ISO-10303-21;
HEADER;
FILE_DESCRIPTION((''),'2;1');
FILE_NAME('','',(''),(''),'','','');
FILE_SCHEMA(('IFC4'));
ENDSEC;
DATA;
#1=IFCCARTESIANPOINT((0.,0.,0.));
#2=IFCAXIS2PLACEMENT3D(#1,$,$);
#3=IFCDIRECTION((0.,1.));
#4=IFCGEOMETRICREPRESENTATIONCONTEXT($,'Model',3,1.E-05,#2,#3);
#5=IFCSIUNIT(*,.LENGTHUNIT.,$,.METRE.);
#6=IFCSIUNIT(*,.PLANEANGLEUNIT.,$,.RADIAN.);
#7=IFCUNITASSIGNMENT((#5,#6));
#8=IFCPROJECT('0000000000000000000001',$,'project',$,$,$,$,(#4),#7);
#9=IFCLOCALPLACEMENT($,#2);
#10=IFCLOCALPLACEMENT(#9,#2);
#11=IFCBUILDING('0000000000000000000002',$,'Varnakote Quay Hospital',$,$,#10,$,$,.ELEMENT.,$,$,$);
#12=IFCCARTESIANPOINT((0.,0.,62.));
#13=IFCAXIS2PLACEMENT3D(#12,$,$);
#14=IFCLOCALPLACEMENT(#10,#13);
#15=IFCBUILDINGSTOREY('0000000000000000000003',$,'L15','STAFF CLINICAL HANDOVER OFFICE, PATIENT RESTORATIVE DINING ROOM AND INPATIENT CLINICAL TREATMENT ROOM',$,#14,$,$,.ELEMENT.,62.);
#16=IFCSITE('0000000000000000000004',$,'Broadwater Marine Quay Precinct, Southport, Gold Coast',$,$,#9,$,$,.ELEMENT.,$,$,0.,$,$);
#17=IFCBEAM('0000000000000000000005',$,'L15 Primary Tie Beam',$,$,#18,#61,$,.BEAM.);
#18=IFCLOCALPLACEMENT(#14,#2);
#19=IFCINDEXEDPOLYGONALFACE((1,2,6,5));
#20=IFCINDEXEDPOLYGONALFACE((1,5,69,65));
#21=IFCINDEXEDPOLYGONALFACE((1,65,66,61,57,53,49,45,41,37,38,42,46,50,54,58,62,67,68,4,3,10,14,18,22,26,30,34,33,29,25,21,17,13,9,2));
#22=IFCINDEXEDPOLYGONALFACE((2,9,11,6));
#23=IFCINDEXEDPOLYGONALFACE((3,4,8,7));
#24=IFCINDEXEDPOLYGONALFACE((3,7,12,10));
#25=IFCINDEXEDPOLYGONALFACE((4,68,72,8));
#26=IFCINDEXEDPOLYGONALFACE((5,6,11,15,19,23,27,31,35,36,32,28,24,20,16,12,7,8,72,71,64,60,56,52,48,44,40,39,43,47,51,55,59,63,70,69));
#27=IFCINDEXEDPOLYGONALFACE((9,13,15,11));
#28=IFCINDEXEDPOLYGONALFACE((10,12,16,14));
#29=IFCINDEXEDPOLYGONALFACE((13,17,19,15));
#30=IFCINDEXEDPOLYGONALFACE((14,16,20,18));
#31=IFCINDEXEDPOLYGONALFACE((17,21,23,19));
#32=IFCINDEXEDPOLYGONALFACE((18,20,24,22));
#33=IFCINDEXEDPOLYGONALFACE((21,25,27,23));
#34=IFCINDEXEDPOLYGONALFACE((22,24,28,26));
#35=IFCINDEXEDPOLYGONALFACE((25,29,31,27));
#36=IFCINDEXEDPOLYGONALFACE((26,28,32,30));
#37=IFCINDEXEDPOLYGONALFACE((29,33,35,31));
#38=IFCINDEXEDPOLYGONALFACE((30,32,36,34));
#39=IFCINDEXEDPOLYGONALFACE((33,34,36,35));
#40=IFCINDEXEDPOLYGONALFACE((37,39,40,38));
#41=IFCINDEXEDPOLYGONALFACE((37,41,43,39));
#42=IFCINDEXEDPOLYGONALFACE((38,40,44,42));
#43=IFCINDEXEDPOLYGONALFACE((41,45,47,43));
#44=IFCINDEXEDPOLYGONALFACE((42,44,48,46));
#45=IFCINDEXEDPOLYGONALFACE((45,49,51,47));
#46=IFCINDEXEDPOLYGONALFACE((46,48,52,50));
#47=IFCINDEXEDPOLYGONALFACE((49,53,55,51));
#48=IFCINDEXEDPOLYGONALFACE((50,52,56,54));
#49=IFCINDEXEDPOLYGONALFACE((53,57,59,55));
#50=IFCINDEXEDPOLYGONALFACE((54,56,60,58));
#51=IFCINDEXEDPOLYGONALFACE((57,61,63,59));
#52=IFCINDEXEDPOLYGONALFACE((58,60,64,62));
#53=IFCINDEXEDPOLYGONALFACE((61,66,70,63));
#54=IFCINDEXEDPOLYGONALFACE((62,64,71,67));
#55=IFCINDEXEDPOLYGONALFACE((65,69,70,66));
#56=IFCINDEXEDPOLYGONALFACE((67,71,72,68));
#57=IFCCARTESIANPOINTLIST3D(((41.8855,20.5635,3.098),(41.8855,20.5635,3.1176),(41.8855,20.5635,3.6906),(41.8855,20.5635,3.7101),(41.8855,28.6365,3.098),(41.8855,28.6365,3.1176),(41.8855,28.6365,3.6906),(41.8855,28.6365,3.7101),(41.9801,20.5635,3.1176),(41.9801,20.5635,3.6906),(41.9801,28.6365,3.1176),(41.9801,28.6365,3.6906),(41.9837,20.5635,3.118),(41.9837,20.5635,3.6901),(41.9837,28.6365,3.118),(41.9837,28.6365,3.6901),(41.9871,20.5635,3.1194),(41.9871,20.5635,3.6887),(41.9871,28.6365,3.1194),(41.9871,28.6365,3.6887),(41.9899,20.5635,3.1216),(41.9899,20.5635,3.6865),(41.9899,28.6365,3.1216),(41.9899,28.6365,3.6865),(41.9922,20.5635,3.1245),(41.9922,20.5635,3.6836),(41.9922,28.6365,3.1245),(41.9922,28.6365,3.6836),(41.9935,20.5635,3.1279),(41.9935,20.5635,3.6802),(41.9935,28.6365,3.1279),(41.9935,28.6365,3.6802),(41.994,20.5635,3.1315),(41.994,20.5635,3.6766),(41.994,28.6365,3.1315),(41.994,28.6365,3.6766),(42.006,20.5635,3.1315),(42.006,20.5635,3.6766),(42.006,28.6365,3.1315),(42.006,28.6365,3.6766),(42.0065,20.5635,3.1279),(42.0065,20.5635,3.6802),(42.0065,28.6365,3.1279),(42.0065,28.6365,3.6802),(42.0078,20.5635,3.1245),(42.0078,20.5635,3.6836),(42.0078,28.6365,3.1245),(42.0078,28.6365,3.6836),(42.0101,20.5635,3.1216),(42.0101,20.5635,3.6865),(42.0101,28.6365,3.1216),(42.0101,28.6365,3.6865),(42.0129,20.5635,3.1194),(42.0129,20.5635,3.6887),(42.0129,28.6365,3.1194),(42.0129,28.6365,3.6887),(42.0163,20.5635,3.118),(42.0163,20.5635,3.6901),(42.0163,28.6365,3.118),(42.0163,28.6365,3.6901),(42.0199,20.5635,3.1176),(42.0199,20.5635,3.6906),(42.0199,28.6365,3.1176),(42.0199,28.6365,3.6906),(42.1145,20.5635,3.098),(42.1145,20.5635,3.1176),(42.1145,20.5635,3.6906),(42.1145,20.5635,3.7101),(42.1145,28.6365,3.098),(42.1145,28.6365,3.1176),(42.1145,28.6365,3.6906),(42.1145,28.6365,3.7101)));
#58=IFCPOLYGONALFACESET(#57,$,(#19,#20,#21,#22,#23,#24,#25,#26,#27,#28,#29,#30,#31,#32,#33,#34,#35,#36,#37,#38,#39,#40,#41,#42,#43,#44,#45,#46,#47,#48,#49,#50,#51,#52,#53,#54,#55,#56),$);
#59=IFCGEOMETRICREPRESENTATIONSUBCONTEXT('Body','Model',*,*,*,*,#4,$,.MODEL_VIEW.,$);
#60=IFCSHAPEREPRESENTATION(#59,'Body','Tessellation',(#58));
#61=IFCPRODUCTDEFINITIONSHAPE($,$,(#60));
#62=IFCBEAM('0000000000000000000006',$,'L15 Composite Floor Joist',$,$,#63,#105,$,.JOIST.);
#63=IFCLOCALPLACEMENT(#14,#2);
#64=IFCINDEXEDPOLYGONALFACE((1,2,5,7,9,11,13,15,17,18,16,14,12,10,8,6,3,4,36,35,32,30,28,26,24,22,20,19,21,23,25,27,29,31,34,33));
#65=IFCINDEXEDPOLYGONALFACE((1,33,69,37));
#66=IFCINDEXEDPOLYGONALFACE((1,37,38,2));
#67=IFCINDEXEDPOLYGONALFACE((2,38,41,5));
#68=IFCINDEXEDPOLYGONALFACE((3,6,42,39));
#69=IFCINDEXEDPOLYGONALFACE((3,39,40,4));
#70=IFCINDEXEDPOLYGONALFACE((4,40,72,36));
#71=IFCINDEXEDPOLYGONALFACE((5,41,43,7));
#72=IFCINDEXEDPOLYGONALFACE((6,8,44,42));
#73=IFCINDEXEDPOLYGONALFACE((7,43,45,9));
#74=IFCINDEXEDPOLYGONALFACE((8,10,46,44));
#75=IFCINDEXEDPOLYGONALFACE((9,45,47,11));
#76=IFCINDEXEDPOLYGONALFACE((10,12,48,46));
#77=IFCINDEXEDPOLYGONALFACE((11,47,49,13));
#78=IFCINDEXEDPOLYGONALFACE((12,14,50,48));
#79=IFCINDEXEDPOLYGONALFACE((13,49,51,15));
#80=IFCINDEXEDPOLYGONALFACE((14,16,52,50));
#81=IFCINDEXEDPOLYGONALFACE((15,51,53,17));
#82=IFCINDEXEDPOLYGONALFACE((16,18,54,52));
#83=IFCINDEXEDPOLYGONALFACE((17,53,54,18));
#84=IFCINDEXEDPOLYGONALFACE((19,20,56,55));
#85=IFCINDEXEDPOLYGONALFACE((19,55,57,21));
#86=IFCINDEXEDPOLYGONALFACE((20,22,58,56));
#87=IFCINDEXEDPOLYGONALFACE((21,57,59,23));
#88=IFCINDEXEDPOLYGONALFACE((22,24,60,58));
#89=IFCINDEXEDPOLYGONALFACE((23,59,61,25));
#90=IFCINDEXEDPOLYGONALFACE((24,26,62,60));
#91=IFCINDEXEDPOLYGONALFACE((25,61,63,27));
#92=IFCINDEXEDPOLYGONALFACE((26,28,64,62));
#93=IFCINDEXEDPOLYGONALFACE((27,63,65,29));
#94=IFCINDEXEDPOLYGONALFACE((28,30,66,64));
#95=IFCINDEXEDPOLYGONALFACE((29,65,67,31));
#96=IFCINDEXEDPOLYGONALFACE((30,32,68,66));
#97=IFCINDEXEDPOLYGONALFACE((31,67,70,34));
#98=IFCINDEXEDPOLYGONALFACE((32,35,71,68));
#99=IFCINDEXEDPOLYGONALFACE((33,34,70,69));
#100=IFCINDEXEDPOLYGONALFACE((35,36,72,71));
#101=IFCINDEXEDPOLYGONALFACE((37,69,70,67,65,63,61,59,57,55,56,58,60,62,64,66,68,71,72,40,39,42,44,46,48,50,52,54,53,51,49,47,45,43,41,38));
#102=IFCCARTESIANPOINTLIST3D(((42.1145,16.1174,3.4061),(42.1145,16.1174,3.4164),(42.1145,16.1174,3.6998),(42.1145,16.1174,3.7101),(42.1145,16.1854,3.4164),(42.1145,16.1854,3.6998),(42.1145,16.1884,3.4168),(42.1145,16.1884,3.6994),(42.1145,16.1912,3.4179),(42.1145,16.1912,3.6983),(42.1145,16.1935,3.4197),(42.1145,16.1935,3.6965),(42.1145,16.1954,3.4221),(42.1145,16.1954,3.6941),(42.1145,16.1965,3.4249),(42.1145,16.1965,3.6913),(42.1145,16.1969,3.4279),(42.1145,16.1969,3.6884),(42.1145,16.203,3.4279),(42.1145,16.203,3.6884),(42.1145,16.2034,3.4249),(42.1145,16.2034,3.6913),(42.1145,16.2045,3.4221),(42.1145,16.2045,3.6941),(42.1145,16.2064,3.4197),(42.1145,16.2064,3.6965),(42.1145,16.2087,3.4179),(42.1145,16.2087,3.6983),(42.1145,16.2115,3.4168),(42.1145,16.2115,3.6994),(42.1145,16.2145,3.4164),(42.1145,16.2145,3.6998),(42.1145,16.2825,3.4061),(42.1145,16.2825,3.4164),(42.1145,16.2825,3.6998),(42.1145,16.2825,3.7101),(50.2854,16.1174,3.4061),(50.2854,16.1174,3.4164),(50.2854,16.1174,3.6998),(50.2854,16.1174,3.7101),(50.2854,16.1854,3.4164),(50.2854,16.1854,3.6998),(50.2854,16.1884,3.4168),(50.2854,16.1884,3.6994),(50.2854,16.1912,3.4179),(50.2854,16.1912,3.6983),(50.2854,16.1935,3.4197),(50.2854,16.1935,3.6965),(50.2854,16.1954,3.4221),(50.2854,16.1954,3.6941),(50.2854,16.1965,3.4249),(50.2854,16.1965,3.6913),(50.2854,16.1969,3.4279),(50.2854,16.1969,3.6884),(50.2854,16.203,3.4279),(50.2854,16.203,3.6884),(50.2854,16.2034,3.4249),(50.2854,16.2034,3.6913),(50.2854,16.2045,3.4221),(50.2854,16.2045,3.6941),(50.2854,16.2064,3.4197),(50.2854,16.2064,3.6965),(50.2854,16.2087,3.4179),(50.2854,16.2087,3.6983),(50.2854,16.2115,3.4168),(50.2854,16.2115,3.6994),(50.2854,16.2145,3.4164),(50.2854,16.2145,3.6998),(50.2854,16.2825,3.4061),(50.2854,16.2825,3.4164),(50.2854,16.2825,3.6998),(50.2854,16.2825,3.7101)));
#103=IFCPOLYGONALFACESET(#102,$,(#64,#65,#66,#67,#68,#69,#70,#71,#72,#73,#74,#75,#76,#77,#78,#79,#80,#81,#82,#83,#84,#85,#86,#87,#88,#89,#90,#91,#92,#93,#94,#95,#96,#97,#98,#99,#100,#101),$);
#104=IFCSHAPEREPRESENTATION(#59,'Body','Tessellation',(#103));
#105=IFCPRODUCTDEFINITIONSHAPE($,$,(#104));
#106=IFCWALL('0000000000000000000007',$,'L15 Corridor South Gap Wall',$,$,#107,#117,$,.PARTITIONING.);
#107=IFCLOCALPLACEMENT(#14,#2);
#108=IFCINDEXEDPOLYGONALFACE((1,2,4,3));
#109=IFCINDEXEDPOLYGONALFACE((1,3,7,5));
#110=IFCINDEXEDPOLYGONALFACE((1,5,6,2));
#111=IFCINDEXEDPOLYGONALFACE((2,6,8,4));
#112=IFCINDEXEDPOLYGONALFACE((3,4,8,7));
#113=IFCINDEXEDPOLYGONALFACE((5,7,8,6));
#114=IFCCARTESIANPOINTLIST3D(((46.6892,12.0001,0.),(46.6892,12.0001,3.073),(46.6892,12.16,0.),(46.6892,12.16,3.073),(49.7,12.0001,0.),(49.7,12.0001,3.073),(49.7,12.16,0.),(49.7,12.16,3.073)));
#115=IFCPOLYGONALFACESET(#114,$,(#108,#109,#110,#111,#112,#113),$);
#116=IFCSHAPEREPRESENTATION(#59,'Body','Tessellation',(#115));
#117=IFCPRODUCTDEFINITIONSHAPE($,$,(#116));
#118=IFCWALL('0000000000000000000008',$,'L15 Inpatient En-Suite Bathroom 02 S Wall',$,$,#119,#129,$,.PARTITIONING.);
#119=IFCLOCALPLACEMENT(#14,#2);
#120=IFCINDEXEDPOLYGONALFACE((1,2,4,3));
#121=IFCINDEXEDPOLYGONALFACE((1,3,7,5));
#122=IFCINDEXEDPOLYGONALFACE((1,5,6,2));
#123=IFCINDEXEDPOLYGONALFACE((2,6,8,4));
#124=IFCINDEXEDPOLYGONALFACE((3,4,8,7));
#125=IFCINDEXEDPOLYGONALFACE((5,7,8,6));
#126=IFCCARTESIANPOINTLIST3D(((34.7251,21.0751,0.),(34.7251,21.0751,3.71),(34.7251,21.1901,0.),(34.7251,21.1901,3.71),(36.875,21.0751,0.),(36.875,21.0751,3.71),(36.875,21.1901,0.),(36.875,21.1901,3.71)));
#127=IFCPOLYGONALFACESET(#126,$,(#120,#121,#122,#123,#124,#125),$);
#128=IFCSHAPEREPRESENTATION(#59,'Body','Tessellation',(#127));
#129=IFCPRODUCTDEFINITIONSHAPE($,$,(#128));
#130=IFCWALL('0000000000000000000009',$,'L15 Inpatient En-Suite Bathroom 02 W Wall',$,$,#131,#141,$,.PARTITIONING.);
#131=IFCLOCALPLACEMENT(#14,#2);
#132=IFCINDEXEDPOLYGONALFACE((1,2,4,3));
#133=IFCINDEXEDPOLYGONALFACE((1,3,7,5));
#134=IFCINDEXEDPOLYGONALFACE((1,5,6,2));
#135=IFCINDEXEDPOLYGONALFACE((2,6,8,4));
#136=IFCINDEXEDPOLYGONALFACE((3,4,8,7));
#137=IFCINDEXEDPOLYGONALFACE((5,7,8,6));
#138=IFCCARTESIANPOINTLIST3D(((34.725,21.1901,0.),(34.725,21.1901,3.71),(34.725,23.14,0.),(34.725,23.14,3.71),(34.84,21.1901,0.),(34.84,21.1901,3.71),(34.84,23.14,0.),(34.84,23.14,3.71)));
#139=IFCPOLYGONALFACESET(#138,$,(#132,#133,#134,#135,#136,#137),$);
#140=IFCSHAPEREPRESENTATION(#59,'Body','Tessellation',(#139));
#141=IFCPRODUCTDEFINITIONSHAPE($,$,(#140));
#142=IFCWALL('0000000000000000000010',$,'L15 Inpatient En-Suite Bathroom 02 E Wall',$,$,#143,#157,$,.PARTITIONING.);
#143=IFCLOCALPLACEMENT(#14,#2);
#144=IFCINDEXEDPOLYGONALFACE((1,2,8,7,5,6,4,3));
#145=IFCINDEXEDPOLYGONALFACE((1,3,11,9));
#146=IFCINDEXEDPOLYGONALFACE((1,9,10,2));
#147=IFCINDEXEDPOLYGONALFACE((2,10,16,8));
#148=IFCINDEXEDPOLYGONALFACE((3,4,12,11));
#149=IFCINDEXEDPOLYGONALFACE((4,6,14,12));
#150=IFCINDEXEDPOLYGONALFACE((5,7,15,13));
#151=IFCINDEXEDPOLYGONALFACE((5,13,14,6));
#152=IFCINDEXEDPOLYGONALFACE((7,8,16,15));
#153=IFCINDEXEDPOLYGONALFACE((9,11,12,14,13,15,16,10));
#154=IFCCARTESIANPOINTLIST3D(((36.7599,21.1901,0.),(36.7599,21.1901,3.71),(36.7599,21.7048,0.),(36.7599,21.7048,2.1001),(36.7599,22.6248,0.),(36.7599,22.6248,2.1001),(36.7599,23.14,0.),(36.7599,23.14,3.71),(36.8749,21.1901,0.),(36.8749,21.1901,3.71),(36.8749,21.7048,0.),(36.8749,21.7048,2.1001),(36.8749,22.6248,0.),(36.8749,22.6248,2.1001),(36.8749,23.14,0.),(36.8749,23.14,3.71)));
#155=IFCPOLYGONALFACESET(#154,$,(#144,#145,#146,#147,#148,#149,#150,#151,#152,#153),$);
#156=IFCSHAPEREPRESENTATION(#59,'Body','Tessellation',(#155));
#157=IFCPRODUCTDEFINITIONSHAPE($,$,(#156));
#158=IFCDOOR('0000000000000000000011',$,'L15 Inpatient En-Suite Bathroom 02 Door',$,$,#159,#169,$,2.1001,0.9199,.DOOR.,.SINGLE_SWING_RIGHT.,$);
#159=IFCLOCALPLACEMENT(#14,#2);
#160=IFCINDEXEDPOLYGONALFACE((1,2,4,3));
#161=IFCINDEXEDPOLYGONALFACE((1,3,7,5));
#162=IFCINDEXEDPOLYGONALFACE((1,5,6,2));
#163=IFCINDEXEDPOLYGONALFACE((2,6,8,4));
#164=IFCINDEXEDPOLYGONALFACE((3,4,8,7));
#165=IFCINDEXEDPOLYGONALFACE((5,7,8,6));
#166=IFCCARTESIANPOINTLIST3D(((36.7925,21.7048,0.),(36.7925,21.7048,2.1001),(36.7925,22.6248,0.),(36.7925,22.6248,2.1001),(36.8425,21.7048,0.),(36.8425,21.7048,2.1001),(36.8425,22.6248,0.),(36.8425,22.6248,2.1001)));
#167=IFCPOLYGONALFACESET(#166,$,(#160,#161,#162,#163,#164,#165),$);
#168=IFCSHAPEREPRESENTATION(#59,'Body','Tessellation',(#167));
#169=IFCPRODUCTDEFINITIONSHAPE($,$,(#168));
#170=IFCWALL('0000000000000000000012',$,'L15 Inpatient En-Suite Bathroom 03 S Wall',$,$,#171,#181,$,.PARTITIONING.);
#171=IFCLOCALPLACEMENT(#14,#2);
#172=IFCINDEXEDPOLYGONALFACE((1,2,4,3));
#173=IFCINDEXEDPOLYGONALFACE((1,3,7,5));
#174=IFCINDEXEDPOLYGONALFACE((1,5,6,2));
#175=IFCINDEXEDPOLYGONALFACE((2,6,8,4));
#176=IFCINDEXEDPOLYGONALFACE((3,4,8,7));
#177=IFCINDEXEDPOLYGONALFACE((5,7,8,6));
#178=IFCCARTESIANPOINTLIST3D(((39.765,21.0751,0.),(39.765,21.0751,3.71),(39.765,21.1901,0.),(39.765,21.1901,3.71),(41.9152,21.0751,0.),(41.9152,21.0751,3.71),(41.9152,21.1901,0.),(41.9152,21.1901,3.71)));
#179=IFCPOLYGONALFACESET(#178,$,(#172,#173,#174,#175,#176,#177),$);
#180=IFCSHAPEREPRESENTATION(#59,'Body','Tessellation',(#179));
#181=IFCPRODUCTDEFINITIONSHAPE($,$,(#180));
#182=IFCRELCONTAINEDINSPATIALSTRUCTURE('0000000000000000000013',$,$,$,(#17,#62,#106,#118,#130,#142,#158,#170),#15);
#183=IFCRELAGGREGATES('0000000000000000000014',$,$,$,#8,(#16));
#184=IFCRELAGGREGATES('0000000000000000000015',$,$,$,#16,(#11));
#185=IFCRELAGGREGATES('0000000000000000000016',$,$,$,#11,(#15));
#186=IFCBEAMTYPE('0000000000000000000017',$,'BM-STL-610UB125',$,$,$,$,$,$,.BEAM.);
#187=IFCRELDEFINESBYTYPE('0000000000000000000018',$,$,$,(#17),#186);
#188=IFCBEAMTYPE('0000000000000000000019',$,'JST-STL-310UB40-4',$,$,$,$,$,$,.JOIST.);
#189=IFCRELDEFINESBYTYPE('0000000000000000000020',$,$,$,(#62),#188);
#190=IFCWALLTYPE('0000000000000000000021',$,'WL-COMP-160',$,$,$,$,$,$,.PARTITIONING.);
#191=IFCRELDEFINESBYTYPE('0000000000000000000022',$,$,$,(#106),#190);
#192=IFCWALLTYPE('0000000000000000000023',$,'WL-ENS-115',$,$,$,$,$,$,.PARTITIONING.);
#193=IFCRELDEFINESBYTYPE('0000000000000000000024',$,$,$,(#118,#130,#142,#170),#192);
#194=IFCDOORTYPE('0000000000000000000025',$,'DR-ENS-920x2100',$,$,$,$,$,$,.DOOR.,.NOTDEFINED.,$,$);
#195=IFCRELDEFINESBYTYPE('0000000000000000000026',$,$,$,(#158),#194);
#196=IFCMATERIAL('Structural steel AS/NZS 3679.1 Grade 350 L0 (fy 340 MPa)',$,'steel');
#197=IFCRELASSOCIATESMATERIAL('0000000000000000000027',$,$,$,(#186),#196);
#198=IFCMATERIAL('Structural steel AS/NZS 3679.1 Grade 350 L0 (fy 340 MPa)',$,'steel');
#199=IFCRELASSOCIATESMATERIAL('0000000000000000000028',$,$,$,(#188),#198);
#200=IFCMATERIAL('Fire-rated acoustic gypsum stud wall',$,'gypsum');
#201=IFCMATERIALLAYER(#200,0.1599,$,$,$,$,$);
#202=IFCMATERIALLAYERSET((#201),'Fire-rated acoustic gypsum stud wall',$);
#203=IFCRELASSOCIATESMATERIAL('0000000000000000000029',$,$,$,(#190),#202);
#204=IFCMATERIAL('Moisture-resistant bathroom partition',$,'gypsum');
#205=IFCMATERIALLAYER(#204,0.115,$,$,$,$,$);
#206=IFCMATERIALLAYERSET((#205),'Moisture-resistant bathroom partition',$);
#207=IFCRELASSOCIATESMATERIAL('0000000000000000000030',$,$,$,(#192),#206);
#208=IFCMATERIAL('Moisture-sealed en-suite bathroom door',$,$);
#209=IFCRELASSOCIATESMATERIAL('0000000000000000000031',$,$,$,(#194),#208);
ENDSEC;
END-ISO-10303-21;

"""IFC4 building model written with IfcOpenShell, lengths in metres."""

from ifc_helpers import new_model, si_unit, direction, frame, frame_2d, origin, origin_2d, place, context, subcontext, project, spatial, rectangle, i_section, extrude, material, layer, layer_set, material_profile, profile_set, type_object, element, fill, save


model = new_model("IFC4")

# Units and contexts
model_context = context("Model", 3, precision=1e-05, world=origin(), true_north=direction((0.0, 1.0)))
body_context = subcontext(model_context, "Body", "Model", "MODEL_VIEW")
ifc_project = project(units=[si_unit("LENGTHUNIT", "METRE"), si_unit("PLANEANGLEUNIT", "RADIAN")], contexts=[model_context])

# Site, building, storey
site_placement = place(None, origin())
site = spatial("IfcSite", under=ifc_project, at=site_placement, Name="Broadwater Marine Quay Precinct, Southport, Gold Coast", CompositionType="ELEMENT", RefElevation=0.0)
building_placement = place(site_placement, origin())
building = spatial("IfcBuilding", under=site, at=building_placement, Name="Varnakote Quay Hospital", CompositionType="ELEMENT")
storey_placement = place(building_placement, frame((0.0, 0.0, 62.0)))
storey = spatial("IfcBuildingStorey", under=building, at=storey_placement, Name="L15", Description="STAFF CLINICAL HANDOVER OFFICE, PATIENT RESTORATIVE DINING ROOM AND INPATIENT CLINICAL TREATMENT ROOM", CompositionType="ELEMENT", Elevation=62.0)

# Beams
ifc_material_1 = material(Name="Structural steel AS/NZS 3679.1 Grade 350 L0 (fy 340 MPa)", Category="steel")
ifc_material_profile_1 = material_profile(ifc_material_1, i_section(OverallWidth=0.229, OverallDepth=0.6121, WebThickness=0.012, FlangeThickness=0.0195, FilletRadius=0.0139, at=origin_2d()), Name="610UB125")
ifc_profile_set_1 = profile_set([ifc_material_profile_1], Name="Structural steel AS/NZS 3679.1 Grade 350 L0 (fy 340 MPa)")
beam_type_1 = type_object("IfcBeamType", Name="BM-STL-610UB125", PredefinedType="BEAM", material=ifc_profile_set_1)
for number, where, z_axis, x_axis, name in (
    (1, (42.0, 20.5635, 3.4041), (0.0, 1.0, 0.0), (-1.0, 0.0, 0.0), "L15 Primary Tie Beam"),
):
    element("IfcBeam", number, at=place(storey_placement, frame(where, z_axis=z_axis, x_axis=x_axis)), inside=storey, type_object=beam_type_1, Name=name, PredefinedType="BEAM", context=body_context, shape_type="SweptSolid", body=[
        extrude(i_section(OverallWidth=0.229, OverallDepth=0.6121, WebThickness=0.012, FlangeThickness=0.0195, FilletRadius=0.0139, at=origin_2d()), origin(), (0.0, 0.0, 1.0), 8.073),
    ])
ifc_material_2 = material(Name="Structural steel AS/NZS 3679.1 Grade 350 L0 (fy 340 MPa)", Category="steel")
ifc_material_profile_2 = material_profile(ifc_material_2, i_section(OverallWidth=0.165, OverallDepth=0.304, WebThickness=0.0061, FlangeThickness=0.0103, FilletRadius=0.0115, at=origin_2d()), Name="310UB40.4")
ifc_profile_set_2 = profile_set([ifc_material_profile_2], Name="Structural steel AS/NZS 3679.1 Grade 350 L0 (fy 340 MPa)")
beam_type_2 = type_object("IfcBeamType", Name="JST-STL-310UB40-4", PredefinedType="JOIST", material=ifc_profile_set_2)
beam_1_placement = place(storey_placement, frame((42.1145, 16.2, 3.5581), z_axis=(1.0, 0.0, 0.0), x_axis=(0.0, 1.0, 0.0)))
element("IfcBeam", 2, at=beam_1_placement, inside=storey, type_object=beam_type_2, Name="L15 Composite Floor Joist", PredefinedType="JOIST", context=body_context, shape_type="SweptSolid", body=[
    extrude(i_section(OverallWidth=0.165, OverallDepth=0.304, WebThickness=0.0061, FlangeThickness=0.0103, FilletRadius=0.0115, at=origin_2d()), origin(), (0.0, 0.0, 1.0), 8.1709),
])

# Walls
ifc_material_3 = material(Name="Fire-rated acoustic gypsum stud wall", Category="gypsum")
ifc_layer_1 = layer(ifc_material_3, 0.1599)
ifc_layer_set_1 = layer_set([ifc_layer_1], Name="Fire-rated acoustic gypsum stud wall")
wall_type_1 = type_object("IfcWallType", Name="WL-COMP-160", PredefinedType="PARTITIONING", material=ifc_layer_set_1)
wall_1_placement = place(storey_placement, frame((46.6892, 12.0801, 0.0), z_axis=(0.0, 0.0, 1.0), x_axis=(1.0, 0.0, 0.0)))
element("IfcWall", 3, at=wall_1_placement, inside=storey, type_object=wall_type_1, Name="L15 Corridor South Gap Wall", PredefinedType="PARTITIONING", context=body_context, shape_type="SweptSolid", body=[
    extrude(rectangle(XDim=3.0107, YDim=0.1599, at=frame_2d((1.5054, 0.0))), origin(), (0.0, 0.0, 1.0), 3.073),
])
ifc_material_4 = material(Name="Moisture-resistant bathroom partition", Category="gypsum")
ifc_layer_2 = layer(ifc_material_4, 0.115)
ifc_layer_set_2 = layer_set([ifc_layer_2], Name="Moisture-resistant bathroom partition")
wall_type_2 = type_object("IfcWallType", Name="WL-ENS-115", PredefinedType="PARTITIONING", material=ifc_layer_set_2)
wall_2_placement = place(storey_placement, frame((34.7251, 21.1326, 0.0), z_axis=(0.0, 0.0, 1.0), x_axis=(1.0, 0.0, 0.0)))
element("IfcWall", 4, at=wall_2_placement, inside=storey, type_object=wall_type_2, Name="L15 Inpatient En-Suite Bathroom 02 S Wall", PredefinedType="PARTITIONING", context=body_context, shape_type="SweptSolid", body=[
    extrude(rectangle(XDim=2.1499, YDim=0.115, at=frame_2d((1.075, 0.0))), origin(), (0.0, 0.0, 1.0), 3.71),
])
wall_3_placement = place(storey_placement, frame((34.7825, 21.1899, 0.0), z_axis=(0.0, 0.0, 1.0), x_axis=(0.0, 1.0, 0.0)))
element("IfcWall", 5, at=wall_3_placement, inside=storey, type_object=wall_type_2, Name="L15 Inpatient En-Suite Bathroom 02 W Wall", PredefinedType="PARTITIONING", context=body_context, shape_type="SweptSolid", body=[
    extrude(rectangle(XDim=1.95, YDim=0.115, at=frame_2d((0.9751, 0.0))), origin(), (0.0, 0.0, 1.0), 3.71),
])

# Wall, opening, door
wall_4_placement = place(storey_placement, frame((36.8174, 21.1899, 0.0), z_axis=(0.0, 0.0, 1.0), x_axis=(0.0, 1.0, 0.0)))
wall_4 = element("IfcWall", 6, at=wall_4_placement, inside=storey, type_object=wall_type_2, Name="L15 Inpatient En-Suite Bathroom 02 E Wall", PredefinedType="PARTITIONING", context=body_context, shape_type="SweptSolid", body=[
    extrude(rectangle(XDim=1.95, YDim=0.115, at=frame_2d((0.9751, 0.0))), origin(), (0.0, 0.0, 1.0), 3.71),
])
opening_1_placement = place(wall_4_placement, frame((0.5149, 0.0, 0.0)))
opening_1 = element("IfcOpeningElement", 7, at=opening_1_placement, cuts=wall_4, PredefinedType="OPENING", context=body_context, shape_type="SweptSolid", body=[
    extrude(rectangle(XDim=0.9199, YDim=2.1001, at=frame_2d((0.46, 1.05))), frame((0.0, 0.0674, 0.0), z_axis=(0.0, -1.0, 0.0), x_axis=(1.0, 0.0, 0.0)), (0.0, 0.0, 1.0), 0.135),
])
ifc_material_5 = material(Name="Moisture-sealed en-suite bathroom door")
door_type_1 = type_object("IfcDoorType", Name="DR-ENS-920x2100", OperationType="NOTDEFINED", PredefinedType="DOOR", material=ifc_material_5)
door_1_placement = place(opening_1_placement, origin())
door_1 = element("IfcDoor", 8, at=door_1_placement, inside=storey, type_object=door_type_1, Name="L15 Inpatient En-Suite Bathroom 02 Door", OperationType="SINGLE_SWING_RIGHT", OverallHeight=2.1001, OverallWidth=0.9199, PredefinedType="DOOR", context=body_context, shape_type="SweptSolid", body=[
    extrude(rectangle(XDim=0.9199, YDim=2.1001, at=frame_2d((0.46, 1.05))), frame((0.0, 0.0249, 0.0), z_axis=(0.0, -1.0, 0.0), x_axis=(1.0, 0.0, 0.0)), (0.0, 0.0, 1.0), 0.05),
])
fill(opening_1, door_1)

# Wall
wall_5_placement = place(storey_placement, frame((39.7649, 21.1326, 0.0), z_axis=(0.0, 0.0, 1.0), x_axis=(1.0, 0.0, 0.0)))
element("IfcWall", 9, at=wall_5_placement, inside=storey, type_object=wall_type_2, Name="L15 Inpatient En-Suite Bathroom 03 S Wall", PredefinedType="PARTITIONING", context=body_context, shape_type="SweptSolid", body=[
    extrude(rectangle(XDim=2.1501, YDim=0.115, at=frame_2d((1.0752, 0.0))), origin(), (0.0, 0.0, 1.0), 3.71),
])

save(model, "model.ifc")
